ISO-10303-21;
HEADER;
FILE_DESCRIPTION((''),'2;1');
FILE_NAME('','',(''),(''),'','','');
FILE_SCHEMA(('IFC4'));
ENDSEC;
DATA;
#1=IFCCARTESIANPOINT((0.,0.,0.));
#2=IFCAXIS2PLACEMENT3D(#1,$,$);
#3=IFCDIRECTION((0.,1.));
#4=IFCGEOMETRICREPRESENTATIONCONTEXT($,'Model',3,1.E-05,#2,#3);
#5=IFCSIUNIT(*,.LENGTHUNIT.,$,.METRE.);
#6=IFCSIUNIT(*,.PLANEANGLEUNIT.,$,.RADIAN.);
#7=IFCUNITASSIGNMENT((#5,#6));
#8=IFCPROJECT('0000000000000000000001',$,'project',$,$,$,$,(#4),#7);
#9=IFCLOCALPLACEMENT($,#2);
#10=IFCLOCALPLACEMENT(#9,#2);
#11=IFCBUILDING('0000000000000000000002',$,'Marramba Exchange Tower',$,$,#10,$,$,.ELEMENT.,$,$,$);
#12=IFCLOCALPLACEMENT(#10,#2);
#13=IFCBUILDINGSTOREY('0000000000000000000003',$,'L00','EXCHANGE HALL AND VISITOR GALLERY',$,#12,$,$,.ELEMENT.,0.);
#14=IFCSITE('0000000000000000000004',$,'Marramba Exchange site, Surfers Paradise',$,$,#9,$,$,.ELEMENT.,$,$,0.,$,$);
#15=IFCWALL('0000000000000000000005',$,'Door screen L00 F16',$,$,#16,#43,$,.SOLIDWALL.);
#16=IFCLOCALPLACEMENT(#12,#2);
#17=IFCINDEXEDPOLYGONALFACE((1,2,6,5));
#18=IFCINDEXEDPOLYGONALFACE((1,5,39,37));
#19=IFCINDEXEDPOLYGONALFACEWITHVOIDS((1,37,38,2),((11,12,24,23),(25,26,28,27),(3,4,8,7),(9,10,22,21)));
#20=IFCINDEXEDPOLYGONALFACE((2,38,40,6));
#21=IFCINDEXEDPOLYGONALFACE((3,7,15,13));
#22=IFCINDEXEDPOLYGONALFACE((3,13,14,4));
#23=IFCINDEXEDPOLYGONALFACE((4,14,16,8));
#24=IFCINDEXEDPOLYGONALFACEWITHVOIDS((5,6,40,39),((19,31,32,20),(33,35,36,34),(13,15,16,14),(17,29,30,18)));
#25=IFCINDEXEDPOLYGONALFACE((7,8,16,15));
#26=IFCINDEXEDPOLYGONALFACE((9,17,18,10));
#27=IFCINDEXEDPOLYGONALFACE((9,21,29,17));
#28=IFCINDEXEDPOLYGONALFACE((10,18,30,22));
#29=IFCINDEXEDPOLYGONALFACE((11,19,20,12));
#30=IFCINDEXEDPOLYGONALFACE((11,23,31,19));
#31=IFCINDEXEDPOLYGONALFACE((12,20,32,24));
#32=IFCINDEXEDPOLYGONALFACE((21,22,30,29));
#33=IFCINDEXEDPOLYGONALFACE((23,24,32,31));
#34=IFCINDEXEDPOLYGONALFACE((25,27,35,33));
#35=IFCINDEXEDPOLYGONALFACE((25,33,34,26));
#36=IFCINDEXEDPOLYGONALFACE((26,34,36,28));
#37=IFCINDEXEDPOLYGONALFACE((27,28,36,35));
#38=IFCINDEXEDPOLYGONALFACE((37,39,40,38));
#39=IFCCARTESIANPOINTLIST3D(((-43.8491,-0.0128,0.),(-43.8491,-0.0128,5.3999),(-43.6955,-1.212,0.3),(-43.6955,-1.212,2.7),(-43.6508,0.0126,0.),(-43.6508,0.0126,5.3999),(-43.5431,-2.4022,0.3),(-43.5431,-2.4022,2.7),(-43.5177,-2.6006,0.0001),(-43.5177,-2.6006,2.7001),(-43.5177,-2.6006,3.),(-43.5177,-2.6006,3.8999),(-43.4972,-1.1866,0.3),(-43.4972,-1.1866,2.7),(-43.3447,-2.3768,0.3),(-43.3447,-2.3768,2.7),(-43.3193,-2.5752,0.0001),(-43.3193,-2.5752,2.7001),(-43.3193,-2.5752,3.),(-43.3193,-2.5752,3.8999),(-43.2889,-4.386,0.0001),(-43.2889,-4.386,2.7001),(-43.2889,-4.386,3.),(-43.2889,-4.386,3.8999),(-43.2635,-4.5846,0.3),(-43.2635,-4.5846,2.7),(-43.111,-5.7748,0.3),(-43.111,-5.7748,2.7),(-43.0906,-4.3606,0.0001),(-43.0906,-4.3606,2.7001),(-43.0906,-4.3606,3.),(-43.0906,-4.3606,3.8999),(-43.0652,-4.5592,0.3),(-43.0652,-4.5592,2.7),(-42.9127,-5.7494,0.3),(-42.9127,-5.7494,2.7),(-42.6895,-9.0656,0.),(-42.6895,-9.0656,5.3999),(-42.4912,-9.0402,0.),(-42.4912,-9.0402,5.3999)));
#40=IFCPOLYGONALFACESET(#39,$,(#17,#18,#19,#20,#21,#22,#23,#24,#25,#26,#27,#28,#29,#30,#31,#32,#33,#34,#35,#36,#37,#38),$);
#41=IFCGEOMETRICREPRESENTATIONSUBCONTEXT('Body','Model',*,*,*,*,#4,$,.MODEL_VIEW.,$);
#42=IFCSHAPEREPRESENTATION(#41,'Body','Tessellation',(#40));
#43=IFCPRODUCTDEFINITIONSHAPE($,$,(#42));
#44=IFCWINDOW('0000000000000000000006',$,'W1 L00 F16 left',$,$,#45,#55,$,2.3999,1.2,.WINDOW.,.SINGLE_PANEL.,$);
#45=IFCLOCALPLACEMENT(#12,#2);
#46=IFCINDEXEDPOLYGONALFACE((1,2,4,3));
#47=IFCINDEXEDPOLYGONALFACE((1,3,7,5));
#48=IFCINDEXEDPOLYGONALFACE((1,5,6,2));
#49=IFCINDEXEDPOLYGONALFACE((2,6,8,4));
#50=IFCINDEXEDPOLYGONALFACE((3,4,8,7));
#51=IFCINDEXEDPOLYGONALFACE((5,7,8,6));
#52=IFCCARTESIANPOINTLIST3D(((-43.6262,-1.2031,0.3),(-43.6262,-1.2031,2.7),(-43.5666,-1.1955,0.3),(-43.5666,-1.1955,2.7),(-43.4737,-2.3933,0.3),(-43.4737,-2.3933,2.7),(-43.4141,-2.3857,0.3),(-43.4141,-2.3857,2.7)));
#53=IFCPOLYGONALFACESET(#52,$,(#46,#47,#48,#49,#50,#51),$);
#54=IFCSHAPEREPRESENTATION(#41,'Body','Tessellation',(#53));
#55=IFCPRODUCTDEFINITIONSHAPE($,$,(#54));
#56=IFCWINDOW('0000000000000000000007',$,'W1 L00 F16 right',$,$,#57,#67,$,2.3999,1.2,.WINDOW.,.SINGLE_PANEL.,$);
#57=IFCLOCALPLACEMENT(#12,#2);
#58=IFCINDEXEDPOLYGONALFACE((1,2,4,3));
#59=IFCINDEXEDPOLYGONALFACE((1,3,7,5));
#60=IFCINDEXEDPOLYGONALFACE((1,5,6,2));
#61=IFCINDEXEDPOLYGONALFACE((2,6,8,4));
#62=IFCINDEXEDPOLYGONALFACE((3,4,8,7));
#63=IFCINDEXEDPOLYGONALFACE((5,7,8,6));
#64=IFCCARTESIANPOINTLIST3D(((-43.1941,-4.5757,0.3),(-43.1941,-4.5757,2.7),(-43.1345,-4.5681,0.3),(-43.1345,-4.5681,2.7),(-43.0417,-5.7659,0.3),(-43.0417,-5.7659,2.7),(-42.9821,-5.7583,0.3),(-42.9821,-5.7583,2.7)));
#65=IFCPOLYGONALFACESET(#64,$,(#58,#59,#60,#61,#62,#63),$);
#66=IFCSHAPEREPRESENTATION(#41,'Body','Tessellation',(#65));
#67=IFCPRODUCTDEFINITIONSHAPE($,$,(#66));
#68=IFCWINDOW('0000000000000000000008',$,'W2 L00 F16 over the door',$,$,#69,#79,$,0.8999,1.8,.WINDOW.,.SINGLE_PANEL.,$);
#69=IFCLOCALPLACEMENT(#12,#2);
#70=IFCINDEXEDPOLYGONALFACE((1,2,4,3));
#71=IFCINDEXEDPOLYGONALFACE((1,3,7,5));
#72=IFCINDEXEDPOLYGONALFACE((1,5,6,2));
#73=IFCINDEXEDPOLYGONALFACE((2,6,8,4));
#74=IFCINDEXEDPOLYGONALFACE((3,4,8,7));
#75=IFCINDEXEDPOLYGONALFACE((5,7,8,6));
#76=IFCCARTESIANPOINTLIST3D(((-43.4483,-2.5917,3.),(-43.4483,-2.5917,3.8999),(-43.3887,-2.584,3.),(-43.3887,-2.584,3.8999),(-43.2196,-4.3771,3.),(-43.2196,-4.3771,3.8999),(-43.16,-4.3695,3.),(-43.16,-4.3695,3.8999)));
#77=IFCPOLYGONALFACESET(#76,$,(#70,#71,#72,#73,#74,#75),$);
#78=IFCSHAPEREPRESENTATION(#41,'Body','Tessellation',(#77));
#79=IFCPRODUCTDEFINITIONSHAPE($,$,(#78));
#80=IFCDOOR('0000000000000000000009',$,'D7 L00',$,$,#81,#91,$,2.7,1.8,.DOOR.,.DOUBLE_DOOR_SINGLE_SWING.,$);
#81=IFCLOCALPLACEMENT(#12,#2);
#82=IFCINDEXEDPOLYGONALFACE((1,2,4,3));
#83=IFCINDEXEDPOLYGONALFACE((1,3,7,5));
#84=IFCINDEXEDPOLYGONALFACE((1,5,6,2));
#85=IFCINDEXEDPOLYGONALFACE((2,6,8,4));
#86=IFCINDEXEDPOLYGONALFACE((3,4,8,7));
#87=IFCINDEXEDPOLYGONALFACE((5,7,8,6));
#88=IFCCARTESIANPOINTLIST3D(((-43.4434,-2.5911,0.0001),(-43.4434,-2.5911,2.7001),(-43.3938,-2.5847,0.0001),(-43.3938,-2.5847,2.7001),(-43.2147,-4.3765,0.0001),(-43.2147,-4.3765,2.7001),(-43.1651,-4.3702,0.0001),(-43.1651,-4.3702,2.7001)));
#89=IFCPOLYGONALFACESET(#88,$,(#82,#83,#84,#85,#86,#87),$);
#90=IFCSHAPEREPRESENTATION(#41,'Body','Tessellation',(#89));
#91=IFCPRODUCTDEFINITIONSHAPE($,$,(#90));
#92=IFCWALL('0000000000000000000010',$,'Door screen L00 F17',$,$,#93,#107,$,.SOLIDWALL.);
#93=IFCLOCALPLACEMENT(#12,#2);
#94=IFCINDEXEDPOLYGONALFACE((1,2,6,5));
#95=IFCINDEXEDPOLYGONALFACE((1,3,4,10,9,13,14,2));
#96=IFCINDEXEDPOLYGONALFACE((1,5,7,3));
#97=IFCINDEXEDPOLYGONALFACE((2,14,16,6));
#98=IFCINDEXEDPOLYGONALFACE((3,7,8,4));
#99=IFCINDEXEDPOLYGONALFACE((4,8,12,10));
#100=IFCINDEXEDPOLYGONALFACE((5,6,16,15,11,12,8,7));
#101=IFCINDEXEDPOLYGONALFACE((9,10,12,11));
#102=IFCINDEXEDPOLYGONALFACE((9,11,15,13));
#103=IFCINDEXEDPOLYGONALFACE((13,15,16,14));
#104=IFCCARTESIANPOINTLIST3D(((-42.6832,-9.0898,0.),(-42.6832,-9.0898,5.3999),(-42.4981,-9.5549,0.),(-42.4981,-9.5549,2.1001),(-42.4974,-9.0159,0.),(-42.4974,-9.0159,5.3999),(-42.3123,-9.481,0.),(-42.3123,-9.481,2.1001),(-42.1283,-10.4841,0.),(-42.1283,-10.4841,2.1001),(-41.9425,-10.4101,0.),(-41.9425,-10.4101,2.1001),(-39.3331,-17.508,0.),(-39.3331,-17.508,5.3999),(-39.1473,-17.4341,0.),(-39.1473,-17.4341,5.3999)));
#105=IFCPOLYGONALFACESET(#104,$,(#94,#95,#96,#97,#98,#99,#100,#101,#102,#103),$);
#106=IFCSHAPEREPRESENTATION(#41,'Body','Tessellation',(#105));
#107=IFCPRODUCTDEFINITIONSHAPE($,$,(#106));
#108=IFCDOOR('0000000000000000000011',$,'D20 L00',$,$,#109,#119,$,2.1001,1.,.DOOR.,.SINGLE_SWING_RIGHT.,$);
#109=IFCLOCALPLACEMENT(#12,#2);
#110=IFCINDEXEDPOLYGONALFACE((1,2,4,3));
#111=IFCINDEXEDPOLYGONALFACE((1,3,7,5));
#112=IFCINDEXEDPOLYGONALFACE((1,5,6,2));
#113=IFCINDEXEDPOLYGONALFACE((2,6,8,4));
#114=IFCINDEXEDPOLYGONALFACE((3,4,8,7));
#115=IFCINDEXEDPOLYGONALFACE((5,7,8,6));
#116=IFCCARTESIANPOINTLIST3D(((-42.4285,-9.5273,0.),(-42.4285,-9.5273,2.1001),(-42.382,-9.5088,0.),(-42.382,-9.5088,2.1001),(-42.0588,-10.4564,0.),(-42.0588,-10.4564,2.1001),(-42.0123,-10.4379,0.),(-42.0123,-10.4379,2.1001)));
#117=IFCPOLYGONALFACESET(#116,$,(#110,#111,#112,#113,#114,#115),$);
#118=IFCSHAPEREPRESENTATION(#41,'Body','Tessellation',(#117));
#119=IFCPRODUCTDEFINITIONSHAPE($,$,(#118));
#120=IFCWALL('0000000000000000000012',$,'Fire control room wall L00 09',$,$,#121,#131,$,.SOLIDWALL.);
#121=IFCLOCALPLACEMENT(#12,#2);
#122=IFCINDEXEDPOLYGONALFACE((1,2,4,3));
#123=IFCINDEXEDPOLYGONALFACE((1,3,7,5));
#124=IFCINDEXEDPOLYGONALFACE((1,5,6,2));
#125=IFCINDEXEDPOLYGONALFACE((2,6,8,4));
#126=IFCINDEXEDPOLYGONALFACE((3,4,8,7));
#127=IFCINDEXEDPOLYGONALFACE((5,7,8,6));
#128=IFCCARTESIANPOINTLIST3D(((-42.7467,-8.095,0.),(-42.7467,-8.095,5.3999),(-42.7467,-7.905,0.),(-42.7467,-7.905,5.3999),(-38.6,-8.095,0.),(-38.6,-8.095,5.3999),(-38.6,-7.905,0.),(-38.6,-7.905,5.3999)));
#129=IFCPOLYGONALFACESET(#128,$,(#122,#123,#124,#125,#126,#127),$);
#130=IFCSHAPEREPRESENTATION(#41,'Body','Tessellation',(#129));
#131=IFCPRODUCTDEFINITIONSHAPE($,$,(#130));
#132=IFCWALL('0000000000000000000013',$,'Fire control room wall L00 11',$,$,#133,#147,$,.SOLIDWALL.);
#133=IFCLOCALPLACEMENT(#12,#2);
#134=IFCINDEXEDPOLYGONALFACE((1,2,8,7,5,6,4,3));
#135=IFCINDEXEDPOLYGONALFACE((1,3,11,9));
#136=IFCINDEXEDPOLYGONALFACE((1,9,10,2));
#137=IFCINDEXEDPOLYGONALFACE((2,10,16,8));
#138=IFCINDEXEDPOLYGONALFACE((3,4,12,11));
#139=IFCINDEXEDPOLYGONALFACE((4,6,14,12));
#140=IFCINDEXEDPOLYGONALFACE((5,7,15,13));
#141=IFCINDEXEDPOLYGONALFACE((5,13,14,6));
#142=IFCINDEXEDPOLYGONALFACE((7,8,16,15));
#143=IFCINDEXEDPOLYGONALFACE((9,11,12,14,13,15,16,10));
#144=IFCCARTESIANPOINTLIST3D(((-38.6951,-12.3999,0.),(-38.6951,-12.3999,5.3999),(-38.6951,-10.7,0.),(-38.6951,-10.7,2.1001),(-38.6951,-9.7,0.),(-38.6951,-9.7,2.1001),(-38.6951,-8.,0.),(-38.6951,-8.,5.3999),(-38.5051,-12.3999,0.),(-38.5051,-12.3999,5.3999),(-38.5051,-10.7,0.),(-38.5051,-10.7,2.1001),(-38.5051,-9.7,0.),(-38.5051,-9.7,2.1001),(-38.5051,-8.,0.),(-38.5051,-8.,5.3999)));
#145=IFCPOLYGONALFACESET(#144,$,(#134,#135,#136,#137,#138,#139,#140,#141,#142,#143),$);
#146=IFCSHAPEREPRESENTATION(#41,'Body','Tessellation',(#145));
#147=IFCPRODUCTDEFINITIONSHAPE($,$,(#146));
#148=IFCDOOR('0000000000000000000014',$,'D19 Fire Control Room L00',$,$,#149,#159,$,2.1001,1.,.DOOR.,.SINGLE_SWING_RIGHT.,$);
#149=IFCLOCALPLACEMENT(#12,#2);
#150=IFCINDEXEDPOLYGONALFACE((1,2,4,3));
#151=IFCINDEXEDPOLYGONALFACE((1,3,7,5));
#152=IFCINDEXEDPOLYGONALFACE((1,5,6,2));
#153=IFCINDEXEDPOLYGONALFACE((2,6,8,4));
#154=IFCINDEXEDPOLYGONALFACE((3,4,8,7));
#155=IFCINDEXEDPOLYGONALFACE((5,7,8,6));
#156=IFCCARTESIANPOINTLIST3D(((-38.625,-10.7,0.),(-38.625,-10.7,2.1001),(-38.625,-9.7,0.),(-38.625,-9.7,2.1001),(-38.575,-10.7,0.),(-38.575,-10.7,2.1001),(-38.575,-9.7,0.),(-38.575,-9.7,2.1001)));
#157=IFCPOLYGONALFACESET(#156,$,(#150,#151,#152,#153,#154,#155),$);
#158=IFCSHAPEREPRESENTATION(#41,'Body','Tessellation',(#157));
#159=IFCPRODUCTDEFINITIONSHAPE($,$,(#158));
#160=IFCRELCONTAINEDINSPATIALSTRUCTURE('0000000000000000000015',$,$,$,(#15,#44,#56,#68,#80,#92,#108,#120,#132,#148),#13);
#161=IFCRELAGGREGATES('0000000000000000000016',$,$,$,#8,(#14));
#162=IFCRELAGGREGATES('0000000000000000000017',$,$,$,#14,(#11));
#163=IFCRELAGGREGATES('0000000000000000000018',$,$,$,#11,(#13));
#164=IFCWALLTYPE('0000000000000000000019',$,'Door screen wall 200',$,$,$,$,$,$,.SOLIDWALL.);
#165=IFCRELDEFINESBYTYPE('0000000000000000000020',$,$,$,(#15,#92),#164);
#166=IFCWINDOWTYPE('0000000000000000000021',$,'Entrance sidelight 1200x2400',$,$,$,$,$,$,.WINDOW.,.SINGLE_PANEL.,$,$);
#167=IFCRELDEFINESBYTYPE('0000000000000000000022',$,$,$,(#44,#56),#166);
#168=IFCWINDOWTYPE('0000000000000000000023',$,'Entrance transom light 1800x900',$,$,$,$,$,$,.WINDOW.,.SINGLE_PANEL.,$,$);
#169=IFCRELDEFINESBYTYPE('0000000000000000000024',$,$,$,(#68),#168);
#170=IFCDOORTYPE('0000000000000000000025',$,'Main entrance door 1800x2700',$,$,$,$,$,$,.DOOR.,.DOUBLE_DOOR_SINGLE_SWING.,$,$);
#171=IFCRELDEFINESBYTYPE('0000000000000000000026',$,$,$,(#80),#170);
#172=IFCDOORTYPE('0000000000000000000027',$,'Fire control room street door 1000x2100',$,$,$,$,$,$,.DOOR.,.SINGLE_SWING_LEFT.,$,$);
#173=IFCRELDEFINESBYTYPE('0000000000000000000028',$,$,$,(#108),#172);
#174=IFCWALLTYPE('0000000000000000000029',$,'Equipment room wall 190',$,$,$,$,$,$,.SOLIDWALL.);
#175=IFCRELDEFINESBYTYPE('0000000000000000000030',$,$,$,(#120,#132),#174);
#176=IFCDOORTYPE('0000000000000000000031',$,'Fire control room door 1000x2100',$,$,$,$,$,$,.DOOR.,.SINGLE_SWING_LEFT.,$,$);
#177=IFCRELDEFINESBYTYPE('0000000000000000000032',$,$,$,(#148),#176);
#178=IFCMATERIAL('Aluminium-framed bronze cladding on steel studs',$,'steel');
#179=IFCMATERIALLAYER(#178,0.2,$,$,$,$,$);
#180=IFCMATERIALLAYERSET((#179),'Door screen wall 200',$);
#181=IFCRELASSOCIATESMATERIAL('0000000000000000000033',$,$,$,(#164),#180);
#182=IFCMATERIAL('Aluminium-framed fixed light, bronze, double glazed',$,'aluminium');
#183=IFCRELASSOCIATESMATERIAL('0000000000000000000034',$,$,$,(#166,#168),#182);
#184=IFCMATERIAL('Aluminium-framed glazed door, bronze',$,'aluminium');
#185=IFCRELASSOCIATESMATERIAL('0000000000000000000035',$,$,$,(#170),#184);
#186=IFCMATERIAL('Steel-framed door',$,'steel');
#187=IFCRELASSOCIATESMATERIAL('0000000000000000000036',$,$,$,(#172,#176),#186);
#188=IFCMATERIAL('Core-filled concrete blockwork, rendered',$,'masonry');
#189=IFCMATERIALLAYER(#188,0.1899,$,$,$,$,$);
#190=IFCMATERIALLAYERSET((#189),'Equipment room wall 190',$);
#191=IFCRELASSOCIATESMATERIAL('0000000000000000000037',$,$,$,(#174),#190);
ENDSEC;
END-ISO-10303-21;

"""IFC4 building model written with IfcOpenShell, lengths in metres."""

from ifc_helpers import new_model, si_unit, direction, frame, frame_2d, origin, place, context, subcontext, project, spatial, rectangle, extrude, material, layer, layer_set, type_object, element, fill, save


model = new_model("IFC4")

# Units and contexts
model_context = context("Model", 3, precision=1e-05, world=origin(), true_north=direction((0.0, 1.0)))
body_context = subcontext(model_context, "Body", "Model", "MODEL_VIEW")
ifc_project = project(units=[si_unit("LENGTHUNIT", "METRE"), si_unit("PLANEANGLEUNIT", "RADIAN")], contexts=[model_context])

# Site, building, storey
site_placement = place(None, origin())
site = spatial("IfcSite", under=ifc_project, at=site_placement, Name="Marramba Exchange site, Surfers Paradise", CompositionType="ELEMENT", RefElevation=0.0)
building_placement = place(site_placement, origin())
building = spatial("IfcBuilding", under=site, at=building_placement, Name="Marramba Exchange Tower", CompositionType="ELEMENT")
storey_placement = place(building_placement, origin())
storey = spatial("IfcBuildingStorey", under=building, at=storey_placement, Name="L00", Description="EXCHANGE HALL AND VISITOR GALLERY", CompositionType="ELEMENT", Elevation=0.0)

# Wall, openings, windows, door
ifc_material_1 = material(Name="Aluminium-framed bronze cladding on steel studs", Category="steel")
ifc_layer_1 = layer(ifc_material_1, 0.2)
ifc_layer_set_1 = layer_set([ifc_layer_1], Name="Door screen wall 200")
wall_type_1 = type_object("IfcWallType", Name="Door screen wall 200", PredefinedType="SOLIDWALL", material=ifc_layer_set_1)
wall_1_placement = place(storey_placement, frame((-43.75, 0.0, 0.0), z_axis=(0.0, 0.0, 1.0), x_axis=(0.127063, -0.991895, 0.0)))
wall_1 = element("IfcWall", 1, at=wall_1_placement, inside=storey, type_object=wall_type_1, Name="Door screen L00 F16", PredefinedType="SOLIDWALL", context=body_context, shape_type="SweptSolid", body=[
    extrude(rectangle(XDim=9.1267, YDim=0.2, at=frame_2d((4.5635, 0.0))), origin(), (0.0, 0.0, 1.0), 5.3999),
])
opening_1_placement = place(wall_1_placement, frame((2.6091, 0.0, 0.0)))
opening_1 = element("IfcOpeningElement", 2, at=opening_1_placement, cuts=wall_1, PredefinedType="OPENING", context=body_context, shape_type="SweptSolid", body=[
    extrude(rectangle(XDim=1.8, YDim=2.7, at=frame_2d((0.8999, 1.3501))), frame((0.0, 0.1099, 0.0), z_axis=(0.0, -1.0, 0.0), x_axis=(1.0, 0.0, 0.0)), (0.0, 0.0, 1.0), 0.22),
])
opening_2_placement = place(wall_1_placement, frame((1.209, 0.0, 0.3)))
opening_2 = element("IfcOpeningElement", 3, at=opening_2_placement, cuts=wall_1, PredefinedType="OPENING", context=body_context, shape_type="SweptSolid", body=[
    extrude(rectangle(XDim=1.2, YDim=2.3999, at=frame_2d((0.6001, 1.2))), frame((0.0, 0.1099, 0.0), z_axis=(0.0, -1.0, 0.0), x_axis=(1.0, 0.0, 0.0)), (0.0, 0.0, 1.0), 0.22),
])
opening_3_placement = place(wall_1_placement, frame((4.6091, 0.0, 0.3)))
opening_3 = element("IfcOpeningElement", 4, at=opening_3_placement, cuts=wall_1, PredefinedType="OPENING", context=body_context, shape_type="SweptSolid", body=[
    extrude(rectangle(XDim=1.2, YDim=2.3999, at=frame_2d((0.6001, 1.2))), frame((0.0, 0.1099, 0.0), z_axis=(0.0, -1.0, 0.0), x_axis=(1.0, 0.0, 0.0)), (0.0, 0.0, 1.0), 0.22),
])
opening_4_placement = place(wall_1_placement, frame((2.6091, 0.0, 3.0)))
opening_4 = element("IfcOpeningElement", 5, at=opening_4_placement, cuts=wall_1, PredefinedType="OPENING", context=body_context, shape_type="SweptSolid", body=[
    extrude(rectangle(XDim=1.8, YDim=0.8999, at=frame_2d((0.8999, 0.45))), frame((0.0, 0.1099, 0.0), z_axis=(0.0, -1.0, 0.0), x_axis=(1.0, 0.0, 0.0)), (0.0, 0.0, 1.0), 0.22),
])
ifc_material_2 = material(Name="Aluminium-framed fixed light, bronze, double glazed", Category="aluminium")
window_type_1 = type_object("IfcWindowType", Name="Entrance sidelight 1200x2400", PartitioningType="SINGLE_PANEL", PredefinedType="WINDOW", material=ifc_material_2)
window_1_placement = place(opening_2_placement, origin())
window_1 = element("IfcWindow", 6, at=window_1_placement, inside=storey, type_object=window_type_1, Name="W1 L00 F16 left", OverallHeight=2.3999, OverallWidth=1.2, PartitioningType="SINGLE_PANEL", PredefinedType="WINDOW", context=body_context, shape_type="SweptSolid", body=[
    extrude(rectangle(XDim=1.2, YDim=2.3999, at=frame_2d((0.6001, 1.2))), frame((0.0, 0.03, 0.0), z_axis=(0.0, -1.0, 0.0), x_axis=(1.0, 0.0, 0.0)), (0.0, 0.0, 1.0), 0.0601),
])
fill(opening_2, window_1)
window_2_placement = place(opening_3_placement, origin())
window_2 = element("IfcWindow", 7, at=window_2_placement, inside=storey, type_object=window_type_1, Name="W1 L00 F16 right", OverallHeight=2.3999, OverallWidth=1.2, PartitioningType="SINGLE_PANEL", PredefinedType="WINDOW", context=body_context, shape_type="SweptSolid", body=[
    extrude(rectangle(XDim=1.2, YDim=2.3999, at=frame_2d((0.6001, 1.2))), frame((0.0, 0.03, 0.0), z_axis=(0.0, -1.0, 0.0), x_axis=(1.0, 0.0, 0.0)), (0.0, 0.0, 1.0), 0.0601),
])
fill(opening_3, window_2)
window_type_2 = type_object("IfcWindowType", Name="Entrance transom light 1800x900", PartitioningType="SINGLE_PANEL", PredefinedType="WINDOW", material=ifc_material_2)
window_3_placement = place(opening_4_placement, origin())
window_3 = element("IfcWindow", 8, at=window_3_placement, inside=storey, type_object=window_type_2, Name="W2 L00 F16 over the door", OverallHeight=0.8999, OverallWidth=1.8, PartitioningType="SINGLE_PANEL", PredefinedType="WINDOW", context=body_context, shape_type="SweptSolid", body=[
    extrude(rectangle(XDim=1.8, YDim=0.8999, at=frame_2d((0.8999, 0.45))), frame((0.0, 0.03, 0.0), z_axis=(0.0, -1.0, 0.0), x_axis=(1.0, 0.0, 0.0)), (0.0, 0.0, 1.0), 0.0601),
])
fill(opening_4, window_3)
ifc_material_3 = material(Name="Aluminium-framed glazed door, bronze", Category="aluminium")
door_type_1 = type_object("IfcDoorType", Name="Main entrance door 1800x2700", OperationType="DOUBLE_DOOR_SINGLE_SWING", PredefinedType="DOOR", material=ifc_material_3)
door_1_placement = place(opening_1_placement, frame((1.8, 0.0, 0.0), z_axis=(0.0, 0.0, 1.0), x_axis=(-1.0, 0.0, 0.0)))
door_1 = element("IfcDoor", 9, at=door_1_placement, inside=storey, type_object=door_type_1, Name="D7 L00", OperationType="DOUBLE_DOOR_SINGLE_SWING", OverallHeight=2.7, OverallWidth=1.8, PredefinedType="DOOR", context=body_context, shape_type="SweptSolid", body=[
    extrude(rectangle(XDim=1.8, YDim=2.7, at=frame_2d((0.9001, 1.3501))), frame((0.0, 0.0251, 0.0), z_axis=(0.0, -1.0, 0.0), x_axis=(1.0, 0.0, 0.0)), (0.0, 0.0, 1.0), 0.05),
])
fill(opening_1, door_1)

# Wall, opening, door
wall_2_placement = place(storey_placement, frame((-42.5903, -9.0527, 0.0), z_axis=(0.0, 0.0, 1.0), x_axis=(0.369755, -0.929129, 0.0)))
wall_2 = element("IfcWall", 10, at=wall_2_placement, inside=storey, type_object=wall_type_1, Name="Door screen L00 F17", PredefinedType="SOLIDWALL", context=body_context, shape_type="SweptSolid", body=[
    extrude(rectangle(XDim=9.0603, YDim=0.2, at=frame_2d((4.5303, 0.0))), origin(), (0.0, 0.0, 1.0), 5.3999),
])
opening_5_placement = place(wall_2_placement, frame((0.5007, 0.0, 0.0)))
opening_5 = element("IfcOpeningElement", 11, at=opening_5_placement, cuts=wall_2, PredefinedType="OPENING", context=body_context, shape_type="SweptSolid", body=[
    extrude(rectangle(XDim=1.0, YDim=2.1001, at=frame_2d((0.5, 1.05))), frame((0.0, 0.1099, 0.0), z_axis=(0.0, -1.0, 0.0), x_axis=(1.0, 0.0, 0.0)), (0.0, 0.0, 1.0), 0.22),
])
ifc_material_4 = material(Name="Steel-framed door", Category="steel")
door_type_2 = type_object("IfcDoorType", Name="Fire control room street door 1000x2100", OperationType="SINGLE_SWING_LEFT", PredefinedType="DOOR", material=ifc_material_4)
door_2_placement = place(opening_5_placement, frame((1.0, 0.0, 0.0), z_axis=(0.0, 0.0, 1.0), x_axis=(-1.0, 0.0, 0.0)))
door_2 = element("IfcDoor", 12, at=door_2_placement, inside=storey, type_object=door_type_2, Name="D20 L00", OperationType="SINGLE_SWING_RIGHT", OverallHeight=2.1001, OverallWidth=1.0, PredefinedType="DOOR", context=body_context, shape_type="SweptSolid", body=[
    extrude(rectangle(XDim=1.0, YDim=2.1001, at=frame_2d((0.5, 1.05))), frame((0.0, 0.0251, 0.0), z_axis=(0.0, -1.0, 0.0), x_axis=(1.0, 0.0, 0.0)), (0.0, 0.0, 1.0), 0.05),
])
fill(opening_5, door_2)

# Wall
ifc_material_5 = material(Name="Core-filled concrete blockwork, rendered", Category="masonry")
ifc_layer_2 = layer(ifc_material_5, 0.1899)
ifc_layer_set_2 = layer_set([ifc_layer_2], Name="Equipment room wall 190")
wall_type_2 = type_object("IfcWallType", Name="Equipment room wall 190", PredefinedType="SOLIDWALL", material=ifc_layer_set_2)
wall_3_placement = place(storey_placement, frame((-38.6001, -8.0, 0.0), z_axis=(0.0, 0.0, 1.0), x_axis=(-1.0, 0.0, 0.0)))
element("IfcWall", 13, at=wall_3_placement, inside=storey, type_object=wall_type_2, Name="Fire control room wall L00 09", PredefinedType="SOLIDWALL", context=body_context, shape_type="SweptSolid", body=[
    extrude(rectangle(XDim=4.1467, YDim=0.1899, at=frame_2d((2.0732, 0.0))), origin(), (0.0, 0.0, 1.0), 5.3999),
])

# Wall, opening, door
wall_4_placement = place(storey_placement, frame((-38.6001, -12.3999, 0.0), z_axis=(0.0, 0.0, 1.0), x_axis=(0.0, 1.0, 0.0)))
wall_4 = element("IfcWall", 14, at=wall_4_placement, inside=storey, type_object=wall_type_2, Name="Fire control room wall L00 11", PredefinedType="SOLIDWALL", context=body_context, shape_type="SweptSolid", body=[
    extrude(rectangle(XDim=4.3999, YDim=0.1899, at=frame_2d((2.2, 0.0))), origin(), (0.0, 0.0, 1.0), 5.3999),
])
opening_6_placement = place(wall_4_placement, frame((1.7, 0.0, 0.0)))
opening_6 = element("IfcOpeningElement", 15, at=opening_6_placement, cuts=wall_4, PredefinedType="OPENING", context=body_context, shape_type="SweptSolid", body=[
    extrude(rectangle(XDim=1.0, YDim=2.1001, at=frame_2d((0.5, 1.05))), frame((0.0, 0.105, 0.0), z_axis=(0.0, -1.0, 0.0), x_axis=(1.0, 0.0, 0.0)), (0.0, 0.0, 1.0), 0.21),
])
door_type_3 = type_object("IfcDoorType", Name="Fire control room door 1000x2100", OperationType="SINGLE_SWING_LEFT", PredefinedType="DOOR", material=ifc_material_4)
door_3_placement = place(opening_6_placement, origin())
door_3 = element("IfcDoor", 16, at=door_3_placement, inside=storey, type_object=door_type_3, Name="D19 Fire Control Room L00", OperationType="SINGLE_SWING_RIGHT", OverallHeight=2.1001, OverallWidth=1.0, PredefinedType="DOOR", context=body_context, shape_type="SweptSolid", body=[
    extrude(rectangle(XDim=1.0, YDim=2.1001, at=frame_2d((0.5, 1.05))), frame((0.0, 0.0249, 0.0), z_axis=(0.0, -1.0, 0.0), x_axis=(1.0, 0.0, 0.0)), (0.0, 0.0, 1.0), 0.05),
])
fill(opening_6, door_3)

save(model, "model.ifc")
